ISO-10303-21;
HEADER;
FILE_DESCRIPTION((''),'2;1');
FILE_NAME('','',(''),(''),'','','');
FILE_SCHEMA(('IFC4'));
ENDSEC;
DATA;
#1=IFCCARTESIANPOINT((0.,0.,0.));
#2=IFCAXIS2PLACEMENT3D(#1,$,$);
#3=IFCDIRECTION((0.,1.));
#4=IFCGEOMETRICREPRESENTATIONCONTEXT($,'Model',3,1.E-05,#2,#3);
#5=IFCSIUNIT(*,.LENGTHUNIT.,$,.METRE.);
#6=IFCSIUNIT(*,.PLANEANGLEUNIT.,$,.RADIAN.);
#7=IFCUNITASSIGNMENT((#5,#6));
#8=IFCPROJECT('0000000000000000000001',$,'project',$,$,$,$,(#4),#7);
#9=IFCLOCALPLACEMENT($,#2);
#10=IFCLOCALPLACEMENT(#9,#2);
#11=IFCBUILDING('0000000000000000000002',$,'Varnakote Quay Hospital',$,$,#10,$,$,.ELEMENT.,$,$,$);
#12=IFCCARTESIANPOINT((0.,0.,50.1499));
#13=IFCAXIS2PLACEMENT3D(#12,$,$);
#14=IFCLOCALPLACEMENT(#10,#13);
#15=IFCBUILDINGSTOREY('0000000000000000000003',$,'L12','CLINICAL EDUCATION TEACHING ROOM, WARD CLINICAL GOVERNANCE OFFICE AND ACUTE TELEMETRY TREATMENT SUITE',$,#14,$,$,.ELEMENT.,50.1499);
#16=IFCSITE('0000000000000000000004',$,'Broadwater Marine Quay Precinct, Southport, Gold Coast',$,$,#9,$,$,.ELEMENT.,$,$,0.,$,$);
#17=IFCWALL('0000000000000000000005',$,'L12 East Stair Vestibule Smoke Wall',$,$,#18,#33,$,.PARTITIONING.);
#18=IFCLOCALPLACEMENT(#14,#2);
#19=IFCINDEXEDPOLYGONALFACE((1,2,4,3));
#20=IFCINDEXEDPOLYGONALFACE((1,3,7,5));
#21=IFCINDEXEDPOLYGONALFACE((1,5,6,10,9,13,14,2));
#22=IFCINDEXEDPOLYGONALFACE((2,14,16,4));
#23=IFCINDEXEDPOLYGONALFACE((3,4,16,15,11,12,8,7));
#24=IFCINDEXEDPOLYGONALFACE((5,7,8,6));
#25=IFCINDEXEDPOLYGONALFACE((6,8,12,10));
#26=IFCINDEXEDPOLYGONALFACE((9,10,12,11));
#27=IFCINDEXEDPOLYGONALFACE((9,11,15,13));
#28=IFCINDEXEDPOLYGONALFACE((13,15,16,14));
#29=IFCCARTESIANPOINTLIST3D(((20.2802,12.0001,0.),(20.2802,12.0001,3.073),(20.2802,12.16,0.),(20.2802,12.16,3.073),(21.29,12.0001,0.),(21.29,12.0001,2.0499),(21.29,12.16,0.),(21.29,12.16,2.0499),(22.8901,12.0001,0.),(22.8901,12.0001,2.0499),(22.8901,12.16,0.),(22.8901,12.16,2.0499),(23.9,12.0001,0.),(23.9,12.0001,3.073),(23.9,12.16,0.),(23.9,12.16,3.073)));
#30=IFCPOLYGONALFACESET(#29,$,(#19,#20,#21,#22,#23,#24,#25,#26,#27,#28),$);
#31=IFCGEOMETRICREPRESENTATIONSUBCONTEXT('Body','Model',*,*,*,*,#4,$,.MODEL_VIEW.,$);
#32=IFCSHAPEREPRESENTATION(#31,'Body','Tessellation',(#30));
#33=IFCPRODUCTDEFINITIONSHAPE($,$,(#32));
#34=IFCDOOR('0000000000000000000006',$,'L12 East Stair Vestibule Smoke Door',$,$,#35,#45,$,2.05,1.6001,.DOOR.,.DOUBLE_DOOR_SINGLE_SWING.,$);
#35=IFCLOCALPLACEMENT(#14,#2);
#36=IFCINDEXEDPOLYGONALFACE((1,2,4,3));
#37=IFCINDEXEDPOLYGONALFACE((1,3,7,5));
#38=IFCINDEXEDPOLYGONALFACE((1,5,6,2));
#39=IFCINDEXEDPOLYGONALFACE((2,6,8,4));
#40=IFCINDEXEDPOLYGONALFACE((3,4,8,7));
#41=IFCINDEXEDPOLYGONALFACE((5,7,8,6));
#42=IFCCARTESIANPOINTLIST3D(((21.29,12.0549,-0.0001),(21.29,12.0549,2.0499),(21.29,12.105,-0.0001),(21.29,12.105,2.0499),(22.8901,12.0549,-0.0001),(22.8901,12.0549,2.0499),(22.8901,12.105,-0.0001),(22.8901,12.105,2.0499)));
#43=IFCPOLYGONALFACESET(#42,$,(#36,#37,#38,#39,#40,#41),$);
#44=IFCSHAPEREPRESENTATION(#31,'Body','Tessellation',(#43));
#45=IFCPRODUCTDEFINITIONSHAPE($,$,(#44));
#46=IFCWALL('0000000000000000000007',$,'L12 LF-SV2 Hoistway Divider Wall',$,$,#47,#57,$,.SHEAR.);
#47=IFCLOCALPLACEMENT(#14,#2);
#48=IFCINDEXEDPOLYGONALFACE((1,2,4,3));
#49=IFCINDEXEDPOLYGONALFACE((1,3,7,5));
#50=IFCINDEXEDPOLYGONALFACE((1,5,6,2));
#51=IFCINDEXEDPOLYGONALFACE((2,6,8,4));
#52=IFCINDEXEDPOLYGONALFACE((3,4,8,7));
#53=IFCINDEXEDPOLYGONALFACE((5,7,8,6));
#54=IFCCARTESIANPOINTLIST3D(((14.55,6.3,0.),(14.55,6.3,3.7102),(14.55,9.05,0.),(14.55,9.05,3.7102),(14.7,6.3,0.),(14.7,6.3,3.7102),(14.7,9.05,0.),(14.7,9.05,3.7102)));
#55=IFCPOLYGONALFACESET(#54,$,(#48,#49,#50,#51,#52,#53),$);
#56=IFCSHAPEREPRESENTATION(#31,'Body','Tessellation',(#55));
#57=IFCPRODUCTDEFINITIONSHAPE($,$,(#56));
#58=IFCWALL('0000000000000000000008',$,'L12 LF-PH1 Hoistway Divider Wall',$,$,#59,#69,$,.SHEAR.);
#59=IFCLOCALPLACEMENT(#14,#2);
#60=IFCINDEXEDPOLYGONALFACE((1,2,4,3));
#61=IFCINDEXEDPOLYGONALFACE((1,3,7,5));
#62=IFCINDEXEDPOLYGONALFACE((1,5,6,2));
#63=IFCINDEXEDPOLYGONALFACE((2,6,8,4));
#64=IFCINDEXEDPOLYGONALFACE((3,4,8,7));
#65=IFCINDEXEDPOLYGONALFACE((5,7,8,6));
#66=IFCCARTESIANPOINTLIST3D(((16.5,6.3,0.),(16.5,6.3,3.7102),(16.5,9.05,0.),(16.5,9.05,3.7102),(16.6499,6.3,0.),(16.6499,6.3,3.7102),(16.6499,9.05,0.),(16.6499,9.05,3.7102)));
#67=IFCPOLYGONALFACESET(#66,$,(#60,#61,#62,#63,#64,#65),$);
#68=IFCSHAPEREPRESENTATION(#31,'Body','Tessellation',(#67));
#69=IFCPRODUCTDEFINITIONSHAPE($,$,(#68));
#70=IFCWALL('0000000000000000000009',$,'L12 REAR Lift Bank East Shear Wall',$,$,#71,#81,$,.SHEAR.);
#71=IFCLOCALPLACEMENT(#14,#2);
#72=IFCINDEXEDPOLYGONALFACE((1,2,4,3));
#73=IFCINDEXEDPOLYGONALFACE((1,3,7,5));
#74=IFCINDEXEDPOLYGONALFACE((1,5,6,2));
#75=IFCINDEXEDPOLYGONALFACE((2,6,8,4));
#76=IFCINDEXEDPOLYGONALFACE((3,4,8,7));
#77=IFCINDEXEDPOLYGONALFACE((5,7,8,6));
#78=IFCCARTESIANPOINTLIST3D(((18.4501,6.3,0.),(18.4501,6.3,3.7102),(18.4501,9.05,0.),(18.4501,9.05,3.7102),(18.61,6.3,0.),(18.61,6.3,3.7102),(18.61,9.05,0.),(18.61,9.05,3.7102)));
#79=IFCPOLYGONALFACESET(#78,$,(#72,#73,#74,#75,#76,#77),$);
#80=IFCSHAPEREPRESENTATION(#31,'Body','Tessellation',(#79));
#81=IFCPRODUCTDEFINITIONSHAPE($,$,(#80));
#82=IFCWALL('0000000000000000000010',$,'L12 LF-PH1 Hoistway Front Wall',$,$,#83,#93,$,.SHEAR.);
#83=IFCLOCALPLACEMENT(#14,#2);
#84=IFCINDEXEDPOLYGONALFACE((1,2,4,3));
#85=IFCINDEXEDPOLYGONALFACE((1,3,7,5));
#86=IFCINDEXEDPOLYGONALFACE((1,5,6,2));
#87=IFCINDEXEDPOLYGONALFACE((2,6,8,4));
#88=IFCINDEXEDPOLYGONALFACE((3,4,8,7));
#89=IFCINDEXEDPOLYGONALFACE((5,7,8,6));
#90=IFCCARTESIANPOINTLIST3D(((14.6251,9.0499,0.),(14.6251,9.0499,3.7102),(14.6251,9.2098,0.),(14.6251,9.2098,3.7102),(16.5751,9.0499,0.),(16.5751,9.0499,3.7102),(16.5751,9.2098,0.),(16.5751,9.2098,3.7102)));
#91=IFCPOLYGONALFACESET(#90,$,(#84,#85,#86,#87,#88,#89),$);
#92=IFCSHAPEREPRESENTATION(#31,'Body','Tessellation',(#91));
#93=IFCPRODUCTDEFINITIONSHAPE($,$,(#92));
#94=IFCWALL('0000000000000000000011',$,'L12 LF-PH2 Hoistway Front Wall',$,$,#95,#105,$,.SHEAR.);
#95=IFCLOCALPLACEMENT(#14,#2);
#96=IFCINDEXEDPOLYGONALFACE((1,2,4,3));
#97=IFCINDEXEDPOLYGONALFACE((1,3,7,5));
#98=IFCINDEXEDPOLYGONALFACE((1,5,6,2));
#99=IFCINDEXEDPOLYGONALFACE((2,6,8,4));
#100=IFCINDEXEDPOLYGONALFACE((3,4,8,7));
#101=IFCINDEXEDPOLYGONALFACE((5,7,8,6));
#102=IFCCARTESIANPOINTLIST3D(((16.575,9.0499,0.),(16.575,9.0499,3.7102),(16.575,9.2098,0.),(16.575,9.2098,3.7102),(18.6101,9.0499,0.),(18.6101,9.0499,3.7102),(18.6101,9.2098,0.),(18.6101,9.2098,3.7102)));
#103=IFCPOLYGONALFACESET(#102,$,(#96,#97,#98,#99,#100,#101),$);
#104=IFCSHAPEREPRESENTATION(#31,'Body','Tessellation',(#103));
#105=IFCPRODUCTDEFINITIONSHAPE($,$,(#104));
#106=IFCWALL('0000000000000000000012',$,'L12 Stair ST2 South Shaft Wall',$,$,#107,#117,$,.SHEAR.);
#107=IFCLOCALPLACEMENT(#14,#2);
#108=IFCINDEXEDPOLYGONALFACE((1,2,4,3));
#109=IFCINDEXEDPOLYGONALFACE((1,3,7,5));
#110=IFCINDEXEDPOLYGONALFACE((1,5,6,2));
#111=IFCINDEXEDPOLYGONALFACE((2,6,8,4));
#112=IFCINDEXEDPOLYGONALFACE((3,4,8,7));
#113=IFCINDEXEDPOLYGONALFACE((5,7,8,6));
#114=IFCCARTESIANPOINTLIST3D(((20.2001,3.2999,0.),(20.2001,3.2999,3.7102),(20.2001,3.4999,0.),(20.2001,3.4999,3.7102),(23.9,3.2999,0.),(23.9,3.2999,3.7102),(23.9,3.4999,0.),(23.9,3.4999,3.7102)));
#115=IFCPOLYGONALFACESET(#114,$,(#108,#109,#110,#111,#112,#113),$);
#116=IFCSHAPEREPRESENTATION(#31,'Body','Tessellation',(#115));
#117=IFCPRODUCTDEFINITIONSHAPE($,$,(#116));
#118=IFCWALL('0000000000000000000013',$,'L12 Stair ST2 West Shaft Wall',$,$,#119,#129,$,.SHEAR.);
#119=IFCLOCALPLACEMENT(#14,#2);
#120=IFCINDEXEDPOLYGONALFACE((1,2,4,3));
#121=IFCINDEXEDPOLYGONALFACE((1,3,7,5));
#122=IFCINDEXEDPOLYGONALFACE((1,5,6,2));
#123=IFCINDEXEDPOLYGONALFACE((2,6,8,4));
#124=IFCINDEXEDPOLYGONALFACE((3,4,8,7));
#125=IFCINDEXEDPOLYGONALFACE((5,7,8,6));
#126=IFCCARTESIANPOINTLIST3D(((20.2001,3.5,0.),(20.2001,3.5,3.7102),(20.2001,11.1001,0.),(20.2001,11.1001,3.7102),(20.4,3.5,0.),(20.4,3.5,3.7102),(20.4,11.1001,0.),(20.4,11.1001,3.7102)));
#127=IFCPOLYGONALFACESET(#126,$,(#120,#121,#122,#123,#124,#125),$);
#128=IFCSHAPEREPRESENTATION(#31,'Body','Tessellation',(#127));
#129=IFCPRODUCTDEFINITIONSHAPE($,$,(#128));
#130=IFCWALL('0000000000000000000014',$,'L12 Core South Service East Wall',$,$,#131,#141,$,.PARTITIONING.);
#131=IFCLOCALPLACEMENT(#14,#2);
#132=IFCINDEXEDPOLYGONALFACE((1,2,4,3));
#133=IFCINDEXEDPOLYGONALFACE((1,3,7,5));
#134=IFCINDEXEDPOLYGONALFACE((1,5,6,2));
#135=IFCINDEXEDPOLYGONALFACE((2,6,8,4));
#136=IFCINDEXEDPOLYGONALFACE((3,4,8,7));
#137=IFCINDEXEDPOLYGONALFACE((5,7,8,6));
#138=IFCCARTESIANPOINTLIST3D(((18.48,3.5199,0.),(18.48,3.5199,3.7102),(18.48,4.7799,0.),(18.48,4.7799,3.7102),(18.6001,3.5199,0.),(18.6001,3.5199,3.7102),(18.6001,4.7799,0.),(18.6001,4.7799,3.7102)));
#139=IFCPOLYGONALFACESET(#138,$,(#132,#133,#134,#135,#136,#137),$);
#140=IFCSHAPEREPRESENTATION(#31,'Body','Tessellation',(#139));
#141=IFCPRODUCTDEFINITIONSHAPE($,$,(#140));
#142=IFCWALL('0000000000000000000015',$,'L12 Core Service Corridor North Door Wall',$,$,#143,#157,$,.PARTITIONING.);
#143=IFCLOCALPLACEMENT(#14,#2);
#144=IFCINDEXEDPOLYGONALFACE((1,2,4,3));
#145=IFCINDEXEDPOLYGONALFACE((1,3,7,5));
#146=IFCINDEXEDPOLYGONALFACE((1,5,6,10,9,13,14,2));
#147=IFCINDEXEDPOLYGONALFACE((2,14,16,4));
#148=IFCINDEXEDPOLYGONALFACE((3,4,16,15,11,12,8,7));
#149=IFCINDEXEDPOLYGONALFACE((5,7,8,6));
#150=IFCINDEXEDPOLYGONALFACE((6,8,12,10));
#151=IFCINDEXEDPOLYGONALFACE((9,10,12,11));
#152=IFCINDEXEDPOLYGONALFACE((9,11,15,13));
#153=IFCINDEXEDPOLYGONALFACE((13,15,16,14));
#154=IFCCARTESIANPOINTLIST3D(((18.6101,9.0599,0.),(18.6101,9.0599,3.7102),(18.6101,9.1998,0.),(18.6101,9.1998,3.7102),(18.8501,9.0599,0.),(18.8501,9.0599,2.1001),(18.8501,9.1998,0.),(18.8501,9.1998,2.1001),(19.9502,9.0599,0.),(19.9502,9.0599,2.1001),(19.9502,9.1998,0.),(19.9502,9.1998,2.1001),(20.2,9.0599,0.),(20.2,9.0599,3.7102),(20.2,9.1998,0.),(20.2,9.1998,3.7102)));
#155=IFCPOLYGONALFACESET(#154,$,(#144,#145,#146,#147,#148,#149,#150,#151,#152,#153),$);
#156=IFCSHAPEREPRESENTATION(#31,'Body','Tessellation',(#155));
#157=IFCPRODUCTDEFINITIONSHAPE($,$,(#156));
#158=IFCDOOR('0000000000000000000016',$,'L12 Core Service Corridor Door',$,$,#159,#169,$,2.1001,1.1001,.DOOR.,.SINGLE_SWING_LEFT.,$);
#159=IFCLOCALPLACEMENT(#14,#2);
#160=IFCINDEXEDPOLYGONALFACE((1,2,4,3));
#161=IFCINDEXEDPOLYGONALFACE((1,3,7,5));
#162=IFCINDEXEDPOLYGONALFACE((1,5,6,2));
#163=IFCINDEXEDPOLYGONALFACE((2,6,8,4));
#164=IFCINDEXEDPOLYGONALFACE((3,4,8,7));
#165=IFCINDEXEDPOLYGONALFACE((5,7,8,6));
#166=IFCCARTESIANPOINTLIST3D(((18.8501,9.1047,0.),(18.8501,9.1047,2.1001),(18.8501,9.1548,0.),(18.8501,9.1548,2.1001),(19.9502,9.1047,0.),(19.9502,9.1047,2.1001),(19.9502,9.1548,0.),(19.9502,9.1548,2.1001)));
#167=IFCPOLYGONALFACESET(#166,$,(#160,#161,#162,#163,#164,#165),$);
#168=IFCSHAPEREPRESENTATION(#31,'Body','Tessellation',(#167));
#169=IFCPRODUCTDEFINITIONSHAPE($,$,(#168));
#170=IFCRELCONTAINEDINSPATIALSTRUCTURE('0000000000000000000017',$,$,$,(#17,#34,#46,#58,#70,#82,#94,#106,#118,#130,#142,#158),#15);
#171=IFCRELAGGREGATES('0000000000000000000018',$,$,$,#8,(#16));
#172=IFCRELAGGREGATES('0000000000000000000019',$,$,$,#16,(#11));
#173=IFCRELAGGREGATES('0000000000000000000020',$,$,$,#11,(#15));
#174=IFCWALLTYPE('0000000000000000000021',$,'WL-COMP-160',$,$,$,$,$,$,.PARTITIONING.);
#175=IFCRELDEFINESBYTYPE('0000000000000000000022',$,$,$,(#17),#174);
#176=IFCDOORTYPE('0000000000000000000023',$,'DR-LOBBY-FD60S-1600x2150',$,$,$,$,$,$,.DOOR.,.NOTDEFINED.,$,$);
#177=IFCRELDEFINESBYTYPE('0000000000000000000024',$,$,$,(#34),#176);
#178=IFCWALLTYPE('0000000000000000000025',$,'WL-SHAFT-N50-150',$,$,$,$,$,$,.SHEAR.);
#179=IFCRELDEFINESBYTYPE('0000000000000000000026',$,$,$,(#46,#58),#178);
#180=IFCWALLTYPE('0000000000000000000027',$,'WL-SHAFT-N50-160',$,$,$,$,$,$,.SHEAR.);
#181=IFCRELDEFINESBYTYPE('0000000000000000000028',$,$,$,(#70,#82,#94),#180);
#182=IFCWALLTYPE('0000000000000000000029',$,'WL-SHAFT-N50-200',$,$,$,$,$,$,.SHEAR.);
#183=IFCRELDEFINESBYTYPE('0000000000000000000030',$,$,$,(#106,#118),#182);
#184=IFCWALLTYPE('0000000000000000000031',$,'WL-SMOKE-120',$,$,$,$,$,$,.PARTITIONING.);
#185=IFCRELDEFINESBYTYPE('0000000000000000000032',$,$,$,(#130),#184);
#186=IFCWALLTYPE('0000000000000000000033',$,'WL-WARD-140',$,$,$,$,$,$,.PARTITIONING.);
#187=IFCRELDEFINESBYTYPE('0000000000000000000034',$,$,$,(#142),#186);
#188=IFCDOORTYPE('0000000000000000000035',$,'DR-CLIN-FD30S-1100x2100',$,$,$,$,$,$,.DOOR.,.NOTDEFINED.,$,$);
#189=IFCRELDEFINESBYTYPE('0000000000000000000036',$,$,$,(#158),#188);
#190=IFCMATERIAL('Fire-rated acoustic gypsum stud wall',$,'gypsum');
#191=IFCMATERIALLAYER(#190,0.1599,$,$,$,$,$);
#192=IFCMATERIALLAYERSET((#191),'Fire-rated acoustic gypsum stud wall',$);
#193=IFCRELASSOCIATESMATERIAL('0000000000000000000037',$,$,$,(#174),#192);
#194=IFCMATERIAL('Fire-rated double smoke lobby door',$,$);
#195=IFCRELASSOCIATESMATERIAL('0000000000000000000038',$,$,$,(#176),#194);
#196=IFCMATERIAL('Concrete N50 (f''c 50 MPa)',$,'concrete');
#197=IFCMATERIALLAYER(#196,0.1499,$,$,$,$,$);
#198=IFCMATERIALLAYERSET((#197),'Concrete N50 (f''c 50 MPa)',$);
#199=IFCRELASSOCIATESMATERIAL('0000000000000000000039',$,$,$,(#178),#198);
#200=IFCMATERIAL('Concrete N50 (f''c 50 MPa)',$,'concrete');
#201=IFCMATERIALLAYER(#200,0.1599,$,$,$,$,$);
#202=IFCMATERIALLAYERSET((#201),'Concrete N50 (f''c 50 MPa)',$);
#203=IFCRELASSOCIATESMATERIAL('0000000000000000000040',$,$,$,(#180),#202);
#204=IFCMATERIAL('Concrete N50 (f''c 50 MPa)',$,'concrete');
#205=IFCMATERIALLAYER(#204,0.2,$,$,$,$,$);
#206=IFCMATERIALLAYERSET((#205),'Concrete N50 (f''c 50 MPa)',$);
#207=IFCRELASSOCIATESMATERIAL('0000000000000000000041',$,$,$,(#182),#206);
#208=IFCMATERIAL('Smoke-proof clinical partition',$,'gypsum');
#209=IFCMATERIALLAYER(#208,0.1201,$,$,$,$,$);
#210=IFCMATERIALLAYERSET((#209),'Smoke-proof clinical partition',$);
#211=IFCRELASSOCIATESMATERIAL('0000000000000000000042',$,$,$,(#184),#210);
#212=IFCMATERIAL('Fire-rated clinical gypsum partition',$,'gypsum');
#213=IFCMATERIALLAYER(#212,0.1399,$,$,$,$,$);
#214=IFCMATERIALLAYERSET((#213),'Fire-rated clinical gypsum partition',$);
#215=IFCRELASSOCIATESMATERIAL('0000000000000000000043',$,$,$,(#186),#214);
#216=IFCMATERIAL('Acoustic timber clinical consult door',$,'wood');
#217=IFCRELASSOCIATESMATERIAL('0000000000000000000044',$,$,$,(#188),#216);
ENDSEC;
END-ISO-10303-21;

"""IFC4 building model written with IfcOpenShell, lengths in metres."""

from ifc_helpers import new_model, si_unit, direction, frame, frame_2d, origin, place, context, subcontext, project, spatial, rectangle, extrude, material, layer, layer_set, type_object, element, fill, save


model = new_model("IFC4")

# Units and contexts
model_context = context("Model", 3, precision=1e-05, world=origin(), true_north=direction((0.0, 1.0)))
body_context = subcontext(model_context, "Body", "Model", "MODEL_VIEW")
ifc_project = project(units=[si_unit("LENGTHUNIT", "METRE"), si_unit("PLANEANGLEUNIT", "RADIAN")], contexts=[model_context])

# Site, building, storey
site_placement = place(None, origin())
site = spatial("IfcSite", under=ifc_project, at=site_placement, Name="Broadwater Marine Quay Precinct, Southport, Gold Coast", CompositionType="ELEMENT", RefElevation=0.0)
building_placement = place(site_placement, origin())
building = spatial("IfcBuilding", under=site, at=building_placement, Name="Varnakote Quay Hospital", CompositionType="ELEMENT")
storey_placement = place(building_placement, frame((0.0, 0.0, 50.1499)))
storey = spatial("IfcBuildingStorey", under=building, at=storey_placement, Name="L12", Description="CLINICAL EDUCATION TEACHING ROOM, WARD CLINICAL GOVERNANCE OFFICE AND ACUTE TELEMETRY TREATMENT SUITE", CompositionType="ELEMENT", Elevation=50.1499)

# Shared definitions
ifc_material_1 = material(Name="Fire-rated acoustic gypsum stud wall", Category="gypsum")
ifc_layer_1 = layer(ifc_material_1, 0.1599)
ifc_layer_set_1 = layer_set([ifc_layer_1], Name="Fire-rated acoustic gypsum stud wall")
wall_type_1 = type_object("IfcWallType", Name="WL-COMP-160", PredefinedType="PARTITIONING", material=ifc_layer_set_1)

# Shared definitions
ifc_material_2 = material(Name="Fire-rated double smoke lobby door")
door_type_1 = type_object("IfcDoorType", Name="DR-LOBBY-FD60S-1600x2150", OperationType="NOTDEFINED", PredefinedType="DOOR", material=ifc_material_2)

# Wall, opening, door
wall_1_placement = place(storey_placement, frame((20.28, 12.0801, 0.0), z_axis=(0.0, 0.0, 1.0), x_axis=(1.0, 0.0, 0.0)))
wall_1 = element("IfcWall", 1, at=wall_1_placement, inside=storey, type_object=wall_type_1, Name="L12 East Stair Vestibule Smoke Wall", PredefinedType="PARTITIONING", context=body_context, shape_type="SweptSolid", body=[
    extrude(rectangle(XDim=3.6199, YDim=0.1599, at=frame_2d((1.8101, 0.0))), origin(), (0.0, 0.0, 1.0), 3.073),
])
opening_1_placement = place(wall_1_placement, frame((1.01, 0.0, 0.0)))
opening_1 = element("IfcOpeningElement", 2, at=opening_1_placement, cuts=wall_1, PredefinedType="OPENING", context=body_context, shape_type="SweptSolid", body=[
    extrude(rectangle(XDim=1.6001, YDim=2.05, at=frame_2d((0.8, 1.0249))), frame((0.0, 0.0898, 0.0), z_axis=(0.0, -1.0, 0.0), x_axis=(1.0, 0.0, 0.0)), (0.0, 0.0, 1.0), 0.1799),
])
door_1_placement = place(opening_1_placement, origin())
door_1 = element("IfcDoor", 3, at=door_1_placement, inside=storey, type_object=door_type_1, Name="L12 East Stair Vestibule Smoke Door", OperationType="DOUBLE_DOOR_SINGLE_SWING", OverallHeight=2.05, OverallWidth=1.6001, PredefinedType="DOOR", context=body_context, shape_type="SweptSolid", body=[
    extrude(rectangle(XDim=1.6001, YDim=2.05, at=frame_2d((0.8, 1.0249))), frame((0.0, 0.0249, 0.0), z_axis=(0.0, -1.0, 0.0), x_axis=(1.0, 0.0, 0.0)), (0.0, 0.0, 1.0), 0.05),
])
fill(opening_1, door_1)

# Walls
ifc_material_3 = material(Name="Concrete N50 (f'c 50 MPa)", Category="concrete")
ifc_layer_2 = layer(ifc_material_3, 0.1499)
ifc_layer_set_2 = layer_set([ifc_layer_2], Name="Concrete N50 (f'c 50 MPa)")
wall_type_2 = type_object("IfcWallType", Name="WL-SHAFT-N50-150", PredefinedType="SHEAR", material=ifc_layer_set_2)
for number, where, z_axis, x_axis, name in (
    (4, (14.625, 6.3, 0.0), (0.0, 0.0, 1.0), (0.0, 1.0, 0.0), "L12 LF-SV2 Hoistway Divider Wall"),
    (5, (16.575, 6.3, 0.0), (0.0, 0.0, 1.0), (0.0, 1.0, 0.0), "L12 LF-PH1 Hoistway Divider Wall"),
):
    element("IfcWall", number, at=place(storey_placement, frame(where, z_axis=z_axis, x_axis=x_axis)), inside=storey, type_object=wall_type_2, Name=name, PredefinedType="SHEAR", context=body_context, shape_type="SweptSolid", body=[
        extrude(rectangle(XDim=2.75, YDim=0.1499, at=frame_2d((1.375, 0.0))), origin(), (0.0, 0.0, 1.0), 3.7102),
    ])
ifc_material_4 = material(Name="Concrete N50 (f'c 50 MPa)", Category="concrete")
ifc_layer_3 = layer(ifc_material_4, 0.1599)
ifc_layer_set_3 = layer_set([ifc_layer_3], Name="Concrete N50 (f'c 50 MPa)")
wall_type_3 = type_object("IfcWallType", Name="WL-SHAFT-N50-160", PredefinedType="SHEAR", material=ifc_layer_set_3)
wall_2_placement = place(storey_placement, frame((18.53, 6.3, 0.0), z_axis=(0.0, 0.0, 1.0), x_axis=(0.0, 1.0, 0.0)))
element("IfcWall", 6, at=wall_2_placement, inside=storey, type_object=wall_type_3, Name="L12 REAR Lift Bank East Shear Wall", PredefinedType="SHEAR", context=body_context, shape_type="SweptSolid", body=[
    extrude(rectangle(XDim=2.75, YDim=0.1599, at=frame_2d((1.375, 0.0))), origin(), (0.0, 0.0, 1.0), 3.7102),
])

# Walls
wall_3_placement = place(storey_placement, frame((14.625, 9.1299, 0.0), z_axis=(0.0, 0.0, 1.0), x_axis=(1.0, 0.0, 0.0)))
element("IfcWall", 7, at=wall_3_placement, inside=storey, type_object=wall_type_3, Name="L12 LF-PH1 Hoistway Front Wall", PredefinedType="SHEAR", context=body_context, shape_type="SweptSolid", body=[
    extrude(rectangle(XDim=1.95, YDim=0.1599, at=frame_2d((0.9751, 0.0))), origin(), (0.0, 0.0, 1.0), 3.7102),
])
wall_4_placement = place(storey_placement, frame((16.575, 9.1299, 0.0), z_axis=(0.0, 0.0, 1.0), x_axis=(1.0, 0.0, 0.0)))
element("IfcWall", 8, at=wall_4_placement, inside=storey, type_object=wall_type_3, Name="L12 LF-PH2 Hoistway Front Wall", PredefinedType="SHEAR", context=body_context, shape_type="SweptSolid", body=[
    extrude(rectangle(XDim=2.0352, YDim=0.1599, at=frame_2d((1.0176, 0.0))), origin(), (0.0, 0.0, 1.0), 3.7102),
])
ifc_material_5 = material(Name="Concrete N50 (f'c 50 MPa)", Category="concrete")
ifc_layer_4 = layer(ifc_material_5, 0.2)
ifc_layer_set_4 = layer_set([ifc_layer_4], Name="Concrete N50 (f'c 50 MPa)")
wall_type_4 = type_object("IfcWallType", Name="WL-SHAFT-N50-200", PredefinedType="SHEAR", material=ifc_layer_set_4)
wall_5_placement = place(storey_placement, frame((20.2, 3.3999, 0.0), z_axis=(0.0, 0.0, 1.0), x_axis=(1.0, 0.0, 0.0)))
element("IfcWall", 9, at=wall_5_placement, inside=storey, type_object=wall_type_4, Name="L12 Stair ST2 South Shaft Wall", PredefinedType="SHEAR", context=body_context, shape_type="SweptSolid", body=[
    extrude(rectangle(XDim=3.7, YDim=0.2, at=frame_2d((1.8501, 0.0))), origin(), (0.0, 0.0, 1.0), 3.7102),
])
wall_6_placement = place(storey_placement, frame((20.3, 3.5, 0.0), z_axis=(0.0, 0.0, 1.0), x_axis=(0.0, 1.0, 0.0)))
element("IfcWall", 10, at=wall_6_placement, inside=storey, type_object=wall_type_4, Name="L12 Stair ST2 West Shaft Wall", PredefinedType="SHEAR", context=body_context, shape_type="SweptSolid", body=[
    extrude(rectangle(XDim=7.6001, YDim=0.2, at=frame_2d((3.8, 0.0))), origin(), (0.0, 0.0, 1.0), 3.7102),
])

# Wall
ifc_material_6 = material(Name="Smoke-proof clinical partition", Category="gypsum")
ifc_layer_5 = layer(ifc_material_6, 0.1201)
ifc_layer_set_5 = layer_set([ifc_layer_5], Name="Smoke-proof clinical partition")
wall_type_5 = type_object("IfcWallType", Name="WL-SMOKE-120", PredefinedType="PARTITIONING", material=ifc_layer_set_5)
wall_7_placement = place(storey_placement, frame((18.54, 3.52, 0.0), z_axis=(0.0, 0.0, 1.0), x_axis=(0.0, 1.0, 0.0)))
element("IfcWall", 11, at=wall_7_placement, inside=storey, type_object=wall_type_5, Name="L12 Core South Service East Wall", PredefinedType="PARTITIONING", context=body_context, shape_type="SweptSolid", body=[
    extrude(rectangle(XDim=1.26, YDim=0.1201, at=frame_2d((0.6299, 0.0))), origin(), (0.0, 0.0, 1.0), 3.7102),
])

# Wall, opening, door
ifc_material_7 = material(Name="Fire-rated clinical gypsum partition", Category="gypsum")
ifc_layer_6 = layer(ifc_material_7, 0.1399)
ifc_layer_set_6 = layer_set([ifc_layer_6], Name="Fire-rated clinical gypsum partition")
wall_type_6 = type_object("IfcWallType", Name="WL-WARD-140", PredefinedType="PARTITIONING", material=ifc_layer_set_6)
wall_8_placement = place(storey_placement, frame((18.6101, 9.1299, 0.0), z_axis=(0.0, 0.0, 1.0), x_axis=(1.0, 0.0, 0.0)))
wall_8 = element("IfcWall", 12, at=wall_8_placement, inside=storey, type_object=wall_type_6, Name="L12 Core Service Corridor North Door Wall", PredefinedType="PARTITIONING", context=body_context, shape_type="SweptSolid", body=[
    extrude(rectangle(XDim=1.5898, YDim=0.1399, at=frame_2d((0.7949, 0.0))), origin(), (0.0, 0.0, 1.0), 3.7102),
])
opening_2_placement = place(wall_8_placement, frame((0.24, 0.0, 0.0)))
opening_2 = element("IfcOpeningElement", 13, at=opening_2_placement, cuts=wall_8, PredefinedType="OPENING", context=body_context, shape_type="SweptSolid", body=[
    extrude(rectangle(XDim=1.1001, YDim=2.1001, at=frame_2d((0.55, 1.05))), frame((0.0, 0.0798, 0.0), z_axis=(0.0, -1.0, 0.0), x_axis=(1.0, 0.0, 0.0)), (0.0, 0.0, 1.0), 0.1599),
])
ifc_material_8 = material(Name="Acoustic timber clinical consult door", Category="wood")
door_type_2 = type_object("IfcDoorType", Name="DR-CLIN-FD30S-1100x2100", OperationType="NOTDEFINED", PredefinedType="DOOR", material=ifc_material_8)
door_2_placement = place(opening_2_placement, origin())
door_2 = element("IfcDoor", 14, at=door_2_placement, inside=storey, type_object=door_type_2, Name="L12 Core Service Corridor Door", OperationType="SINGLE_SWING_LEFT", OverallHeight=2.1001, OverallWidth=1.1001, PredefinedType="DOOR", context=body_context, shape_type="SweptSolid", body=[
    extrude(rectangle(XDim=1.1001, YDim=2.1001, at=frame_2d((0.55, 1.05))), frame((0.0, 0.0249, 0.0), z_axis=(0.0, -1.0, 0.0), x_axis=(1.0, 0.0, 0.0)), (0.0, 0.0, 1.0), 0.05),
])
fill(opening_2, door_2)

save(model, "model.ifc")
